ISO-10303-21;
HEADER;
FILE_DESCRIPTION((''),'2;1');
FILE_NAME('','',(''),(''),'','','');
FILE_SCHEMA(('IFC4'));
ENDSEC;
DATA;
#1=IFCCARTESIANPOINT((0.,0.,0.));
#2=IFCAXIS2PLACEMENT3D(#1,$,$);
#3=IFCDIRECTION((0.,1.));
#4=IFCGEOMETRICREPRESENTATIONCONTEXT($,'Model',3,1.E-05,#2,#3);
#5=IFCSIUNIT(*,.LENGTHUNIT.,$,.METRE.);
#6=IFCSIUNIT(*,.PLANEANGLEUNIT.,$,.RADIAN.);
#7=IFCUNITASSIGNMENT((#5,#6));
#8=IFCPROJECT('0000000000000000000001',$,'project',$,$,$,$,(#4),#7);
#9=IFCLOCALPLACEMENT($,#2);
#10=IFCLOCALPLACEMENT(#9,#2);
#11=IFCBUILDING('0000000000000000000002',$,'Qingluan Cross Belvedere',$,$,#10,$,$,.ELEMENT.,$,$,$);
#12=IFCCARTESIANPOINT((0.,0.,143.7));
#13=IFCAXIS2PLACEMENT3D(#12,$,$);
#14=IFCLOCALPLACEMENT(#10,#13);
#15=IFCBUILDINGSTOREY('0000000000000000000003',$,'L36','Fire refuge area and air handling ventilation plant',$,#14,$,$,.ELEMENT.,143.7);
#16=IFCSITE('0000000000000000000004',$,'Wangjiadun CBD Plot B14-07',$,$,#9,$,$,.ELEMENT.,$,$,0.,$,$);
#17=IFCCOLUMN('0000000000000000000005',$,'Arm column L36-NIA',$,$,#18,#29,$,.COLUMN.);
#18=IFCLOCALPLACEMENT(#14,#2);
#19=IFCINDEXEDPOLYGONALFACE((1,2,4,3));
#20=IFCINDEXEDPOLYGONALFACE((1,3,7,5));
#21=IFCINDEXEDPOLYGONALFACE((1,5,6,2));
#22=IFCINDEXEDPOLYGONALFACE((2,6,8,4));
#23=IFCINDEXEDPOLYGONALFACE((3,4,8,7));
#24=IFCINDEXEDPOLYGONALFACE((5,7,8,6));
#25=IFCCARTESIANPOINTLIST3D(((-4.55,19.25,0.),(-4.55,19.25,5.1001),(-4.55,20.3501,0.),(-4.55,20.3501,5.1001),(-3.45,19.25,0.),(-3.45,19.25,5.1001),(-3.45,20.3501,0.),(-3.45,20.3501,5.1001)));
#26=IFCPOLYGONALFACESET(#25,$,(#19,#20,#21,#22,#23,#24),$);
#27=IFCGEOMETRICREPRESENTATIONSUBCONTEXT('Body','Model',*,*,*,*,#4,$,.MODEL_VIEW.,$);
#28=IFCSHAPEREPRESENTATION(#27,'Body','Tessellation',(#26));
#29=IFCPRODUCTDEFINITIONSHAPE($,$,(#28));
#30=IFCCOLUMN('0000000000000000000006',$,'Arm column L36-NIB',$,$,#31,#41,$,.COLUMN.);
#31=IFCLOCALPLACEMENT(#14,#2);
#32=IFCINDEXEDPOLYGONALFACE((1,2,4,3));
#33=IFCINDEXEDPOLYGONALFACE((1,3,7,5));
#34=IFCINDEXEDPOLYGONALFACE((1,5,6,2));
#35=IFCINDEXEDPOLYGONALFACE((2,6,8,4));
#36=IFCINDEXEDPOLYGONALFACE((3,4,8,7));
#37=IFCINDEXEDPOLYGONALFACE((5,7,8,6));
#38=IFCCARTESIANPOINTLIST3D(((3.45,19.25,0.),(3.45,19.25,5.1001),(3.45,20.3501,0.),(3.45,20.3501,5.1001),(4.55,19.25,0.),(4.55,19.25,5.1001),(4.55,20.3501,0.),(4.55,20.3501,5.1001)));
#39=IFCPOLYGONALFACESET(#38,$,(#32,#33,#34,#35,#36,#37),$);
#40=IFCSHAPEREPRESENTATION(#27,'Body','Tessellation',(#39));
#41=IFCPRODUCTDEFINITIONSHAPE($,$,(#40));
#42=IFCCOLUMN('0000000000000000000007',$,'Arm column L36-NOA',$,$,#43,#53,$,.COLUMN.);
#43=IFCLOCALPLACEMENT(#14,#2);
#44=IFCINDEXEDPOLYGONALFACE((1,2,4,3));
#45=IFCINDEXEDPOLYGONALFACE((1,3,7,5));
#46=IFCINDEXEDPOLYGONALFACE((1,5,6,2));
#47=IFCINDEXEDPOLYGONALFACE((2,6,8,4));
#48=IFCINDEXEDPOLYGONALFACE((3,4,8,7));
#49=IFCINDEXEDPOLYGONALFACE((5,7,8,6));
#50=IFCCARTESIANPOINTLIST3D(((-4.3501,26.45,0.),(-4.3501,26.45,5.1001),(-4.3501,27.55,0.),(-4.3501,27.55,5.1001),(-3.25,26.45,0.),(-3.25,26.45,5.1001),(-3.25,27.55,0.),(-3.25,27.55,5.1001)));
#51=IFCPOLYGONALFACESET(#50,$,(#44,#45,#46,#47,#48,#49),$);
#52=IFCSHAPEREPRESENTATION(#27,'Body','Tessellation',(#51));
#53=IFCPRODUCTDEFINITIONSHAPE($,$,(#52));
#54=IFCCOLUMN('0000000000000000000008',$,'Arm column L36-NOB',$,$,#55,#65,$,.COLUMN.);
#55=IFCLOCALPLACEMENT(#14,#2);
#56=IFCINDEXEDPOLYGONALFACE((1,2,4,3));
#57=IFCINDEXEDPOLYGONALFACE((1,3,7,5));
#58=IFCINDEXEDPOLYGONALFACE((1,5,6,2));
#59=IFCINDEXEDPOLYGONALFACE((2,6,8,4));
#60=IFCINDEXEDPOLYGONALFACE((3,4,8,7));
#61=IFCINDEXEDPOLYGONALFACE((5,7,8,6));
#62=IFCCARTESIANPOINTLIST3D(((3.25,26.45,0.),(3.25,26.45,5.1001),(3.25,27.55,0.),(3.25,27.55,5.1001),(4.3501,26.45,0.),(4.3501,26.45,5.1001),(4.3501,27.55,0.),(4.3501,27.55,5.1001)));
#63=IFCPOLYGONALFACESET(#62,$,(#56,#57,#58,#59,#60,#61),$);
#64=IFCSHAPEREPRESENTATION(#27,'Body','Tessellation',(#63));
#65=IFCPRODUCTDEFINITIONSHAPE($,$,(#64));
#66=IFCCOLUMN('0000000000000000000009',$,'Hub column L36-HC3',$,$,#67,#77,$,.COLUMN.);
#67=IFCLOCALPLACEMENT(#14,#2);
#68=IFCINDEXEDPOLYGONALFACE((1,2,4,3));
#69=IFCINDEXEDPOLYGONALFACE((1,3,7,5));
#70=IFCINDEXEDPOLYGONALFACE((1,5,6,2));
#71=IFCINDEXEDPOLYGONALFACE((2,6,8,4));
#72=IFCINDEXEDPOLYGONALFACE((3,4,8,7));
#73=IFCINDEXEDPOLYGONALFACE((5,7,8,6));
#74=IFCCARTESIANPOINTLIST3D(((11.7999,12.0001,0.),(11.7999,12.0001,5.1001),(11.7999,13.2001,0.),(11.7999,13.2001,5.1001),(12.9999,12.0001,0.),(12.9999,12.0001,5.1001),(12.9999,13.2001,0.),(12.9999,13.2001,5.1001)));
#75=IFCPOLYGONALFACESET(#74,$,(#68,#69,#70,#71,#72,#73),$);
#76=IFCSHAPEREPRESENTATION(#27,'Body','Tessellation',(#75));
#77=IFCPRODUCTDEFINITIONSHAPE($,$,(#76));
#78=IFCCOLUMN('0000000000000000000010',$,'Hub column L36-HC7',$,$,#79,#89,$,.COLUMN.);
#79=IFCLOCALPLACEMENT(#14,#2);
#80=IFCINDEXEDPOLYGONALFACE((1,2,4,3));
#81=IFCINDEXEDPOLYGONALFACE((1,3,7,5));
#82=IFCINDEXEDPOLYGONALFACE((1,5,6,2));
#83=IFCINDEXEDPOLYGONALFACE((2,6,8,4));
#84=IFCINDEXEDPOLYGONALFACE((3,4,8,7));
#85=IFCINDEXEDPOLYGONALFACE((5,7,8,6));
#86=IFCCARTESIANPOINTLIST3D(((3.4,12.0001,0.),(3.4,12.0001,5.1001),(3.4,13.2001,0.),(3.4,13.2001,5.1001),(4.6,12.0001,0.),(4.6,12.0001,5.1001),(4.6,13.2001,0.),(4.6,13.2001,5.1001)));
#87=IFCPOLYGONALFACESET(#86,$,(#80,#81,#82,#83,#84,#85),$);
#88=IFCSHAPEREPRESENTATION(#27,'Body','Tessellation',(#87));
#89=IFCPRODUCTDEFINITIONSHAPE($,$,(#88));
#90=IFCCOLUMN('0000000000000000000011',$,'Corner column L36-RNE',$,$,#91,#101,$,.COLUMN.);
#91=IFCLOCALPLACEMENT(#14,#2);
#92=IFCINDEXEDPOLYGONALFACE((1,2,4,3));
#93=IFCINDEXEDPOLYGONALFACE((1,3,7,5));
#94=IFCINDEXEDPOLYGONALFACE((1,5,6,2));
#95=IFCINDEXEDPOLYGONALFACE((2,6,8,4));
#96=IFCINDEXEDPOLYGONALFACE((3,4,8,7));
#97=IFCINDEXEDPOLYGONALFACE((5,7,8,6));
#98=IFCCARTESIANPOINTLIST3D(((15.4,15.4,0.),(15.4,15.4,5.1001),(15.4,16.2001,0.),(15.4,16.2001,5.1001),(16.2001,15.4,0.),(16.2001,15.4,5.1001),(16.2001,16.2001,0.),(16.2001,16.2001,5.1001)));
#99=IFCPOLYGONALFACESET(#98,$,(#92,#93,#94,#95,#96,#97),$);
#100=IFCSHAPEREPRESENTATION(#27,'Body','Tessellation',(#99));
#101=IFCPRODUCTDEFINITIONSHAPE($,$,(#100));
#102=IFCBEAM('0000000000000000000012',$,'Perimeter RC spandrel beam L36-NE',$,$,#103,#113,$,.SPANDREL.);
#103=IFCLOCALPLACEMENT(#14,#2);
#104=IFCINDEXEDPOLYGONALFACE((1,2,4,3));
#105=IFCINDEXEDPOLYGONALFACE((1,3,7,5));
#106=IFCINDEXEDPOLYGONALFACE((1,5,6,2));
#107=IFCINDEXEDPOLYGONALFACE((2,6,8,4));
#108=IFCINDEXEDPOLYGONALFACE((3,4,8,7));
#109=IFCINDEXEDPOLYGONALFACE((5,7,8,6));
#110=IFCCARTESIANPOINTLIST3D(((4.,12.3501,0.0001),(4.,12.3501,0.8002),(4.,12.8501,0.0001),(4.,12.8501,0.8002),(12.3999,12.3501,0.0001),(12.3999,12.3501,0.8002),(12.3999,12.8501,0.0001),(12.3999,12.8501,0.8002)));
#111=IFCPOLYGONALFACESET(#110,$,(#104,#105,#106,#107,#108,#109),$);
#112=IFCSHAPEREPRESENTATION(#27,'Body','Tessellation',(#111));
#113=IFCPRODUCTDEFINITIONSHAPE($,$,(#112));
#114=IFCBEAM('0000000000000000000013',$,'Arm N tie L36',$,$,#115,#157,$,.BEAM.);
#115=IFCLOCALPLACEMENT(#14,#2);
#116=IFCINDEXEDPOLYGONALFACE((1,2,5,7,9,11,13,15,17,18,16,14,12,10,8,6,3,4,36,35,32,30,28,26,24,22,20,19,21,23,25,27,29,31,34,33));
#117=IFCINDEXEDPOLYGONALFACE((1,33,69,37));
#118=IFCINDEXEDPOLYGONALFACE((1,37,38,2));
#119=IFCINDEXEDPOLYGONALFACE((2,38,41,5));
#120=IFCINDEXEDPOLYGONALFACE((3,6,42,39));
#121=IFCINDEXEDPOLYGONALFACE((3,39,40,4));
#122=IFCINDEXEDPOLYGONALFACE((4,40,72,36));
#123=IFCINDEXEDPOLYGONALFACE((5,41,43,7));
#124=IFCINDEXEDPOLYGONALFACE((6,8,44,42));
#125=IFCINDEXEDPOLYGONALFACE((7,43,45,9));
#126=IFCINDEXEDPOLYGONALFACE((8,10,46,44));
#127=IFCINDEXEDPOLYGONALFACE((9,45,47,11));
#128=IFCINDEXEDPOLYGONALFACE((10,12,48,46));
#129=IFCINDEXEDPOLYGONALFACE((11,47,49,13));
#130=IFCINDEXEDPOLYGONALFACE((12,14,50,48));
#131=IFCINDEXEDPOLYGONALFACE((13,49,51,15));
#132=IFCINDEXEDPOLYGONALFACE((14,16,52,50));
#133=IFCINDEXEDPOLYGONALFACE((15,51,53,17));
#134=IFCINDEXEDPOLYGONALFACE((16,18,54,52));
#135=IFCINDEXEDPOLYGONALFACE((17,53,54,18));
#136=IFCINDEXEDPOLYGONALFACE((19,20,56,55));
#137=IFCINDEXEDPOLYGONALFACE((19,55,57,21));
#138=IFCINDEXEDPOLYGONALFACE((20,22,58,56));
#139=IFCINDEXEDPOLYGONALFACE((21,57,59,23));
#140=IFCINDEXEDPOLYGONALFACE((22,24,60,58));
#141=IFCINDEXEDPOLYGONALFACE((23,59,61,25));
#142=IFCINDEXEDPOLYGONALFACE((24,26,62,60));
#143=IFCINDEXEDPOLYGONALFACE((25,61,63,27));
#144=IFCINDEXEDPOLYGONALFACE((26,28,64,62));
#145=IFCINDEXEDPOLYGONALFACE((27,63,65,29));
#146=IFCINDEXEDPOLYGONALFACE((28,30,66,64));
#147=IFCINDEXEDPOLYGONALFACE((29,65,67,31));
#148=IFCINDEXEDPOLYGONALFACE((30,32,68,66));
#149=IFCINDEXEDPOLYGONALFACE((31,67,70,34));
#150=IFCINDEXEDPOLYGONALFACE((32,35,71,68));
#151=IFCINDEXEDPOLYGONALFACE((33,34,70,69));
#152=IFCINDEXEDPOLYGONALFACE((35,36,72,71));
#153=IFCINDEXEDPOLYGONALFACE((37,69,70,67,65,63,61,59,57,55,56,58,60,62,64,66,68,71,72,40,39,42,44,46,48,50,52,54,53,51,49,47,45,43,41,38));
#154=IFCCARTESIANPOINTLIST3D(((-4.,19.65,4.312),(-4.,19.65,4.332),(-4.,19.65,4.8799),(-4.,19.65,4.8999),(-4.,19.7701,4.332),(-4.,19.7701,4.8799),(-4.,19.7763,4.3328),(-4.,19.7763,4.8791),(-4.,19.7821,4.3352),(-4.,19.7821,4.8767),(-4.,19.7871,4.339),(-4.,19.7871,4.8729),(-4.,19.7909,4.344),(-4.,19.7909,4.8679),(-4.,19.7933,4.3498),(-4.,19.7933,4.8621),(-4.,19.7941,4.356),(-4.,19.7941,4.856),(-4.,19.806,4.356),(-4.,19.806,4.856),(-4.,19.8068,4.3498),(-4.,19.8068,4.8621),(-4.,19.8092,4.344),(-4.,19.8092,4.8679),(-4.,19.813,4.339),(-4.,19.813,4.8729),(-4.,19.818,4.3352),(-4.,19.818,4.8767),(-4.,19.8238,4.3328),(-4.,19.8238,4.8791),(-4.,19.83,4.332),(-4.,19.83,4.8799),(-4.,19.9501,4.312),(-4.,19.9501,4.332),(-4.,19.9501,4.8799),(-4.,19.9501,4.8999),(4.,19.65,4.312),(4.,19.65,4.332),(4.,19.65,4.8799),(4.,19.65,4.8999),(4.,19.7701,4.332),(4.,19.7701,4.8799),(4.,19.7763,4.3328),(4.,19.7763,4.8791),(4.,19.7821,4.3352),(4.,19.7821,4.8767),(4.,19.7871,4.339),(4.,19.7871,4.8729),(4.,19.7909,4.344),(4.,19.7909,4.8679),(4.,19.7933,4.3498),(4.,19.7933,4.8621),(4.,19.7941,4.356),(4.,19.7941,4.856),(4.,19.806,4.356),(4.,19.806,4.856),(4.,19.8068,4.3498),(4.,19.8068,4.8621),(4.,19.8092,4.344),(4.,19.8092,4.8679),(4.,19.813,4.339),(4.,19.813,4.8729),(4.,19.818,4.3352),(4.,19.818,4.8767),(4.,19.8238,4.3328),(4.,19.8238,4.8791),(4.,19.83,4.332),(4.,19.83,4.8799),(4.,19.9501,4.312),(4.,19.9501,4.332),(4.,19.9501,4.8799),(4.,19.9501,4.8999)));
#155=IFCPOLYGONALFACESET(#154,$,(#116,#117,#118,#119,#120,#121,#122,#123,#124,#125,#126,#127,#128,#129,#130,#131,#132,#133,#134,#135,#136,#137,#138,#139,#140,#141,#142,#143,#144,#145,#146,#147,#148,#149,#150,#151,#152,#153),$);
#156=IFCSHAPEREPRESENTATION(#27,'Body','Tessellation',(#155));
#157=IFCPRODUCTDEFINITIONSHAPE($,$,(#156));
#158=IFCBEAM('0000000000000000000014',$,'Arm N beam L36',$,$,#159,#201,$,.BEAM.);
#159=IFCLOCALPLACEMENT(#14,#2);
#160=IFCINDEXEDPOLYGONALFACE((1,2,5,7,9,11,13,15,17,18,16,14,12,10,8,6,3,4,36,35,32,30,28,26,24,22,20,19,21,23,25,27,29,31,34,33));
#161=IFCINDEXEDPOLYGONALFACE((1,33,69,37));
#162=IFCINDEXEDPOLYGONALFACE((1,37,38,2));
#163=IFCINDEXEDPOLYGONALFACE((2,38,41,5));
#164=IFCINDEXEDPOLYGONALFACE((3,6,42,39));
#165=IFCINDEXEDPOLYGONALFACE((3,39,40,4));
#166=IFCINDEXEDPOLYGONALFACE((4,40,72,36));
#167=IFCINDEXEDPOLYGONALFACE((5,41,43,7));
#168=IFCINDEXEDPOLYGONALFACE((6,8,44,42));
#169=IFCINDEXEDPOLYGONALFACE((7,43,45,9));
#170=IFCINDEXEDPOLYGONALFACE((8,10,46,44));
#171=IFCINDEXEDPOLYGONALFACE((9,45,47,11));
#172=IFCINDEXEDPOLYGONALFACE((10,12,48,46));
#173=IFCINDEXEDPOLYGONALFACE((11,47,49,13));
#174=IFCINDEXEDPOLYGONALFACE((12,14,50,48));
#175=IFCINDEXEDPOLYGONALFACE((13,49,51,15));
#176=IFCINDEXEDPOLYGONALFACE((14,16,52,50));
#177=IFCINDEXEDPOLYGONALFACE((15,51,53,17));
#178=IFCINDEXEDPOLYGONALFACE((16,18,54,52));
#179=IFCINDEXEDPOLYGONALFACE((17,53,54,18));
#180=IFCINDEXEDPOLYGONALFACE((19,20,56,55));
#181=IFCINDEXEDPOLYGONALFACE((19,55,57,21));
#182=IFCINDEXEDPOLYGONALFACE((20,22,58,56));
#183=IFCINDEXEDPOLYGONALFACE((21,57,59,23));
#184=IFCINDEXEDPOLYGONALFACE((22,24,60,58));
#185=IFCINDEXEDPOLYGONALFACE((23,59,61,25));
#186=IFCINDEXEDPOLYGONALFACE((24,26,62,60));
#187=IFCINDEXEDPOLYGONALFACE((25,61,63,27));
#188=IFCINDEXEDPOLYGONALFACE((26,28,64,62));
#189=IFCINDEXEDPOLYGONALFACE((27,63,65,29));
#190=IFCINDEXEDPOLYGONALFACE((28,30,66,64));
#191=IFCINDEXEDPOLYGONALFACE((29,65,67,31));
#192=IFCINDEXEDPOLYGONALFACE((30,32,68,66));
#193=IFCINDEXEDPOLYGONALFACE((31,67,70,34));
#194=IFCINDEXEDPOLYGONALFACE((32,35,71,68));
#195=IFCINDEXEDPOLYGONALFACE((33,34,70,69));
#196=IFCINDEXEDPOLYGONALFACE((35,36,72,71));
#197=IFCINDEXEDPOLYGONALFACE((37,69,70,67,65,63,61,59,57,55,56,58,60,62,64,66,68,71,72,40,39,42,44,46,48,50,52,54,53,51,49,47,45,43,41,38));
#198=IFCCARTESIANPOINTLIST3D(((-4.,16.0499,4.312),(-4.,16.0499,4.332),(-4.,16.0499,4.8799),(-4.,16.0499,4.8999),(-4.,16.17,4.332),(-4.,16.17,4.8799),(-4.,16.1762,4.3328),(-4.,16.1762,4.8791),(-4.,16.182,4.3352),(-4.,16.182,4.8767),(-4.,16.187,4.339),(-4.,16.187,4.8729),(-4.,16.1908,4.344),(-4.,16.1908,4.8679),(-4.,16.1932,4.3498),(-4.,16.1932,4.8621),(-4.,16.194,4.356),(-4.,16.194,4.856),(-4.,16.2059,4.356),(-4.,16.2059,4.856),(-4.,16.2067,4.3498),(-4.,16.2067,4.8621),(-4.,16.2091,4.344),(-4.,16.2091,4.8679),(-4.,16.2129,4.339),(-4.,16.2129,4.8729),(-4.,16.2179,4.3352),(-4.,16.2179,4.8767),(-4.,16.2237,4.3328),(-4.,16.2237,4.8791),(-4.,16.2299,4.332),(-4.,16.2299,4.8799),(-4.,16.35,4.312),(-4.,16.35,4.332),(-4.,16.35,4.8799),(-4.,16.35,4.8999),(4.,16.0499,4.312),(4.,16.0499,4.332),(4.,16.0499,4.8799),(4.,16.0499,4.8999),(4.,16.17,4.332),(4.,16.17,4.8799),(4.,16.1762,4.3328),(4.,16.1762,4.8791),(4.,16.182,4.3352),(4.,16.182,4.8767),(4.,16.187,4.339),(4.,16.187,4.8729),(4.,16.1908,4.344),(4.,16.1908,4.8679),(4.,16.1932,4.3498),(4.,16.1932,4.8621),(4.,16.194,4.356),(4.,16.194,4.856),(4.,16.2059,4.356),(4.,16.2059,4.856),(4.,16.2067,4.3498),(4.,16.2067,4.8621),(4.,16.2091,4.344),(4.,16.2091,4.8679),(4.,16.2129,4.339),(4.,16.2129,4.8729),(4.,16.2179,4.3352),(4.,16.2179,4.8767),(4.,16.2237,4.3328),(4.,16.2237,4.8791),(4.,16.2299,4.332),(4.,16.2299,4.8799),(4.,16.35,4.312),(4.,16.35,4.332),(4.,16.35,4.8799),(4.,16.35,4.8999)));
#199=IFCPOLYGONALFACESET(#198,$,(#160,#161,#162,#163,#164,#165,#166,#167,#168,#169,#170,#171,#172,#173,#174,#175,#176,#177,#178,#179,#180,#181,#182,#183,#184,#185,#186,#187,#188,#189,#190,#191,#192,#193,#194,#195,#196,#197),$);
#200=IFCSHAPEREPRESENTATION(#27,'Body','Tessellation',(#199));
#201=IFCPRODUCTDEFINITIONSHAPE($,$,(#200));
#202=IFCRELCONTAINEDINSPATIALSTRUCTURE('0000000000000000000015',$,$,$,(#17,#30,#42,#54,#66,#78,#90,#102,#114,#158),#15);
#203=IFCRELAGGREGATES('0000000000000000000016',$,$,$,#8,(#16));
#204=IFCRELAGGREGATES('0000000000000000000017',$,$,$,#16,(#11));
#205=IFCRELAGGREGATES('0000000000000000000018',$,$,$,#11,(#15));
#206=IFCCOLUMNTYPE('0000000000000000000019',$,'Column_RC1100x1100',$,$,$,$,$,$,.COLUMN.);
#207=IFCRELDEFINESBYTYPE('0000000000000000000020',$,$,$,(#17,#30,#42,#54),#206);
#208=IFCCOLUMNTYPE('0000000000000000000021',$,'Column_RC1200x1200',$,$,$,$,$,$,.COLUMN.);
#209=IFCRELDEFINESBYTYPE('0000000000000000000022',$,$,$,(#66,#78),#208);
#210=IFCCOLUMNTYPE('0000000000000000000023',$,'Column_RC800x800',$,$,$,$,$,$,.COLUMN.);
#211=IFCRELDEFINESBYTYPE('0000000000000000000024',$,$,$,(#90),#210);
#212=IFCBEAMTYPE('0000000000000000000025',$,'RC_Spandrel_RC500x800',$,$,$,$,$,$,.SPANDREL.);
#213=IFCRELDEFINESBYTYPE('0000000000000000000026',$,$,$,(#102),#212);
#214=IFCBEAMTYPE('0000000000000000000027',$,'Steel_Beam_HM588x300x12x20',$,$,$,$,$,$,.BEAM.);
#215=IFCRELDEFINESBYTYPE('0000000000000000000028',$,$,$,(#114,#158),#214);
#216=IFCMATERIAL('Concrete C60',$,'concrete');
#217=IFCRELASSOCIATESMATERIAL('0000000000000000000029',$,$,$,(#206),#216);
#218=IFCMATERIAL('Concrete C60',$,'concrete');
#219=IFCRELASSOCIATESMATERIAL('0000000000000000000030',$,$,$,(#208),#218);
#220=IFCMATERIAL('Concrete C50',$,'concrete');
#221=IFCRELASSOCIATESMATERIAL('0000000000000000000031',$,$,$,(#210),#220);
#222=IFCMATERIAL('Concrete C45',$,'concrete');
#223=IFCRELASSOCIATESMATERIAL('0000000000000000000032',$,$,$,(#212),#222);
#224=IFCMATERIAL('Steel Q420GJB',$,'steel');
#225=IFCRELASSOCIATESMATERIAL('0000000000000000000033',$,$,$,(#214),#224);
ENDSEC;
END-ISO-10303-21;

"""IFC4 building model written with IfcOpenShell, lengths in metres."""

from ifc_helpers import new_model, si_unit, direction, frame, origin, origin_2d, place, context, subcontext, project, spatial, rectangle, i_section, extrude, material, material_profile, profile_set, type_object, element, save


model = new_model("IFC4")

# Units and contexts
model_context = context("Model", 3, precision=1e-05, world=origin(), true_north=direction((0.0, 1.0)))
body_context = subcontext(model_context, "Body", "Model", "MODEL_VIEW")
ifc_project = project(units=[si_unit("LENGTHUNIT", "METRE"), si_unit("PLANEANGLEUNIT", "RADIAN")], contexts=[model_context])

# Site, building, storey
site_placement = place(None, origin())
site = spatial("IfcSite", under=ifc_project, at=site_placement, Name="Wangjiadun CBD Plot B14-07", CompositionType="ELEMENT", RefElevation=0.0)
building_placement = place(site_placement, origin())
building = spatial("IfcBuilding", under=site, at=building_placement, Name="Qingluan Cross Belvedere", CompositionType="ELEMENT")
storey_placement = place(building_placement, frame((0.0, 0.0, 143.7)))
storey = spatial("IfcBuildingStorey", under=building, at=storey_placement, Name="L36", Description="Fire refuge area and air handling ventilation plant", CompositionType="ELEMENT", Elevation=143.7)

# Columns
ifc_material_1 = material(Name="Concrete C60", Category="concrete")
ifc_material_profile_1 = material_profile(ifc_material_1, rectangle(XDim=1.1001, YDim=1.1001, at=origin_2d()), Name="RC1100x1100")
ifc_profile_set_1 = profile_set([ifc_material_profile_1], Name="Concrete C60")
column_type_1 = type_object("IfcColumnType", Name="Column_RC1100x1100", PredefinedType="COLUMN", material=ifc_profile_set_1)
for number, where, z_axis, x_axis, name in (
    (1, (-4.0, 19.8, 0.0), (0.0, 0.0, 1.0), (1.0, 0.0, 0.0), "Arm column L36-NIA"),
    (2, (4.0, 19.8, 0.0), (0.0, 0.0, 1.0), (1.0, 0.0, 0.0), "Arm column L36-NIB"),
    (3, (-3.8, 27.0, 0.0), (0.0, 0.0, 1.0), (1.0, 0.0, 0.0), "Arm column L36-NOA"),
    (4, (3.8, 27.0, 0.0), (0.0, 0.0, 1.0), (1.0, 0.0, 0.0), "Arm column L36-NOB"),
):
    element("IfcColumn", number, at=place(storey_placement, frame(where, z_axis=z_axis, x_axis=x_axis)), inside=storey, type_object=column_type_1, Name=name, PredefinedType="COLUMN", context=body_context, shape_type="SweptSolid", body=[
        extrude(rectangle(XDim=1.1001, YDim=1.1001, at=origin_2d()), origin(), (0.0, 0.0, 1.0), 5.1001),
    ])
ifc_material_2 = material(Name="Concrete C60", Category="concrete")
ifc_material_profile_2 = material_profile(ifc_material_2, rectangle(XDim=1.2, YDim=1.2, at=origin_2d()), Name="RC1200x1200")
ifc_profile_set_2 = profile_set([ifc_material_profile_2], Name="Concrete C60")
column_type_2 = type_object("IfcColumnType", Name="Column_RC1200x1200", PredefinedType="COLUMN", material=ifc_profile_set_2)
for number, where, z_axis, x_axis, name in (
    (5, (12.3999, 12.6001, 0.0), (0.0, 0.0, 1.0), (1.0, 0.0, 0.0), "Hub column L36-HC3"),
    (6, (4.0, 12.6001, 0.0), (0.0, 0.0, 1.0), (1.0, 0.0, 0.0), "Hub column L36-HC7"),
):
    element("IfcColumn", number, at=place(storey_placement, frame(where, z_axis=z_axis, x_axis=x_axis)), inside=storey, type_object=column_type_2, Name=name, PredefinedType="COLUMN", context=body_context, shape_type="SweptSolid", body=[
        extrude(rectangle(XDim=1.2, YDim=1.2, at=origin_2d()), origin(), (0.0, 0.0, 1.0), 5.1001),
    ])
ifc_material_3 = material(Name="Concrete C50", Category="concrete")
ifc_material_profile_3 = material_profile(ifc_material_3, rectangle(XDim=0.8, YDim=0.8, at=origin_2d()), Name="RC800x800")
ifc_profile_set_3 = profile_set([ifc_material_profile_3], Name="Concrete C50")
column_type_3 = type_object("IfcColumnType", Name="Column_RC800x800", PredefinedType="COLUMN", material=ifc_profile_set_3)
column_placement = place(storey_placement, frame((15.8, 15.8, 0.0), z_axis=(0.0, 0.0, 1.0), x_axis=(1.0, 0.0, 0.0)))
element("IfcColumn", 7, at=column_placement, inside=storey, type_object=column_type_3, Name="Corner column L36-RNE", PredefinedType="COLUMN", context=body_context, shape_type="SweptSolid", body=[
    extrude(rectangle(XDim=0.8, YDim=0.8, at=origin_2d()), origin(), (0.0, 0.0, 1.0), 5.1001),
])

# Beams
ifc_material_4 = material(Name="Concrete C45", Category="concrete")
ifc_material_profile_4 = material_profile(ifc_material_4, rectangle(XDim=0.5, YDim=0.8, at=origin_2d()), Name="RC500x800")
ifc_profile_set_4 = profile_set([ifc_material_profile_4], Name="Concrete C45")
beam_type_1 = type_object("IfcBeamType", Name="RC_Spandrel_RC500x800", PredefinedType="SPANDREL", material=ifc_profile_set_4)
beam_1_placement = place(storey_placement, frame((4.0, 12.6001, 0.4001), z_axis=(1.0, 0.0, 0.0), x_axis=(0.0, 1.0, 0.0)))
element("IfcBeam", 8, at=beam_1_placement, inside=storey, type_object=beam_type_1, Name="Perimeter RC spandrel beam L36-NE", PredefinedType="SPANDREL", context=body_context, shape_type="SweptSolid", body=[
    extrude(rectangle(XDim=0.5, YDim=0.8, at=origin_2d()), origin(), (0.0, 0.0, 1.0), 8.3999),
])
ifc_material_5 = material(Name="Steel Q420GJB", Category="steel")
ifc_material_profile_5 = material_profile(ifc_material_5, i_section(OverallWidth=0.3, OverallDepth=0.5879, WebThickness=0.012, FlangeThickness=0.02, FilletRadius=0.0239, at=origin_2d()), Name="HM588x300x12x20")
ifc_profile_set_5 = profile_set([ifc_material_profile_5], Name="Steel Q420GJB")
beam_type_2 = type_object("IfcBeamType", Name="Steel_Beam_HM588x300x12x20", PredefinedType="BEAM", material=ifc_profile_set_5)
for number, where, z_axis, x_axis, name in (
    (9, (-4.0, 19.8, 4.606), (1.0, 0.0, 0.0), (0.0, 1.0, 0.0), "Arm N tie L36"),
    (10, (-4.0, 16.2, 4.606), (1.0, 0.0, 0.0), (0.0, 1.0, 0.0), "Arm N beam L36"),
):
    element("IfcBeam", number, at=place(storey_placement, frame(where, z_axis=z_axis, x_axis=x_axis)), inside=storey, type_object=beam_type_2, Name=name, PredefinedType="BEAM", context=body_context, shape_type="SweptSolid", body=[
        extrude(i_section(OverallWidth=0.3, OverallDepth=0.5879, WebThickness=0.012, FlangeThickness=0.02, FilletRadius=0.0239, at=origin_2d()), origin(), (0.0, 0.0, 1.0), 8.0),
    ])

save(model, "model.ifc")
